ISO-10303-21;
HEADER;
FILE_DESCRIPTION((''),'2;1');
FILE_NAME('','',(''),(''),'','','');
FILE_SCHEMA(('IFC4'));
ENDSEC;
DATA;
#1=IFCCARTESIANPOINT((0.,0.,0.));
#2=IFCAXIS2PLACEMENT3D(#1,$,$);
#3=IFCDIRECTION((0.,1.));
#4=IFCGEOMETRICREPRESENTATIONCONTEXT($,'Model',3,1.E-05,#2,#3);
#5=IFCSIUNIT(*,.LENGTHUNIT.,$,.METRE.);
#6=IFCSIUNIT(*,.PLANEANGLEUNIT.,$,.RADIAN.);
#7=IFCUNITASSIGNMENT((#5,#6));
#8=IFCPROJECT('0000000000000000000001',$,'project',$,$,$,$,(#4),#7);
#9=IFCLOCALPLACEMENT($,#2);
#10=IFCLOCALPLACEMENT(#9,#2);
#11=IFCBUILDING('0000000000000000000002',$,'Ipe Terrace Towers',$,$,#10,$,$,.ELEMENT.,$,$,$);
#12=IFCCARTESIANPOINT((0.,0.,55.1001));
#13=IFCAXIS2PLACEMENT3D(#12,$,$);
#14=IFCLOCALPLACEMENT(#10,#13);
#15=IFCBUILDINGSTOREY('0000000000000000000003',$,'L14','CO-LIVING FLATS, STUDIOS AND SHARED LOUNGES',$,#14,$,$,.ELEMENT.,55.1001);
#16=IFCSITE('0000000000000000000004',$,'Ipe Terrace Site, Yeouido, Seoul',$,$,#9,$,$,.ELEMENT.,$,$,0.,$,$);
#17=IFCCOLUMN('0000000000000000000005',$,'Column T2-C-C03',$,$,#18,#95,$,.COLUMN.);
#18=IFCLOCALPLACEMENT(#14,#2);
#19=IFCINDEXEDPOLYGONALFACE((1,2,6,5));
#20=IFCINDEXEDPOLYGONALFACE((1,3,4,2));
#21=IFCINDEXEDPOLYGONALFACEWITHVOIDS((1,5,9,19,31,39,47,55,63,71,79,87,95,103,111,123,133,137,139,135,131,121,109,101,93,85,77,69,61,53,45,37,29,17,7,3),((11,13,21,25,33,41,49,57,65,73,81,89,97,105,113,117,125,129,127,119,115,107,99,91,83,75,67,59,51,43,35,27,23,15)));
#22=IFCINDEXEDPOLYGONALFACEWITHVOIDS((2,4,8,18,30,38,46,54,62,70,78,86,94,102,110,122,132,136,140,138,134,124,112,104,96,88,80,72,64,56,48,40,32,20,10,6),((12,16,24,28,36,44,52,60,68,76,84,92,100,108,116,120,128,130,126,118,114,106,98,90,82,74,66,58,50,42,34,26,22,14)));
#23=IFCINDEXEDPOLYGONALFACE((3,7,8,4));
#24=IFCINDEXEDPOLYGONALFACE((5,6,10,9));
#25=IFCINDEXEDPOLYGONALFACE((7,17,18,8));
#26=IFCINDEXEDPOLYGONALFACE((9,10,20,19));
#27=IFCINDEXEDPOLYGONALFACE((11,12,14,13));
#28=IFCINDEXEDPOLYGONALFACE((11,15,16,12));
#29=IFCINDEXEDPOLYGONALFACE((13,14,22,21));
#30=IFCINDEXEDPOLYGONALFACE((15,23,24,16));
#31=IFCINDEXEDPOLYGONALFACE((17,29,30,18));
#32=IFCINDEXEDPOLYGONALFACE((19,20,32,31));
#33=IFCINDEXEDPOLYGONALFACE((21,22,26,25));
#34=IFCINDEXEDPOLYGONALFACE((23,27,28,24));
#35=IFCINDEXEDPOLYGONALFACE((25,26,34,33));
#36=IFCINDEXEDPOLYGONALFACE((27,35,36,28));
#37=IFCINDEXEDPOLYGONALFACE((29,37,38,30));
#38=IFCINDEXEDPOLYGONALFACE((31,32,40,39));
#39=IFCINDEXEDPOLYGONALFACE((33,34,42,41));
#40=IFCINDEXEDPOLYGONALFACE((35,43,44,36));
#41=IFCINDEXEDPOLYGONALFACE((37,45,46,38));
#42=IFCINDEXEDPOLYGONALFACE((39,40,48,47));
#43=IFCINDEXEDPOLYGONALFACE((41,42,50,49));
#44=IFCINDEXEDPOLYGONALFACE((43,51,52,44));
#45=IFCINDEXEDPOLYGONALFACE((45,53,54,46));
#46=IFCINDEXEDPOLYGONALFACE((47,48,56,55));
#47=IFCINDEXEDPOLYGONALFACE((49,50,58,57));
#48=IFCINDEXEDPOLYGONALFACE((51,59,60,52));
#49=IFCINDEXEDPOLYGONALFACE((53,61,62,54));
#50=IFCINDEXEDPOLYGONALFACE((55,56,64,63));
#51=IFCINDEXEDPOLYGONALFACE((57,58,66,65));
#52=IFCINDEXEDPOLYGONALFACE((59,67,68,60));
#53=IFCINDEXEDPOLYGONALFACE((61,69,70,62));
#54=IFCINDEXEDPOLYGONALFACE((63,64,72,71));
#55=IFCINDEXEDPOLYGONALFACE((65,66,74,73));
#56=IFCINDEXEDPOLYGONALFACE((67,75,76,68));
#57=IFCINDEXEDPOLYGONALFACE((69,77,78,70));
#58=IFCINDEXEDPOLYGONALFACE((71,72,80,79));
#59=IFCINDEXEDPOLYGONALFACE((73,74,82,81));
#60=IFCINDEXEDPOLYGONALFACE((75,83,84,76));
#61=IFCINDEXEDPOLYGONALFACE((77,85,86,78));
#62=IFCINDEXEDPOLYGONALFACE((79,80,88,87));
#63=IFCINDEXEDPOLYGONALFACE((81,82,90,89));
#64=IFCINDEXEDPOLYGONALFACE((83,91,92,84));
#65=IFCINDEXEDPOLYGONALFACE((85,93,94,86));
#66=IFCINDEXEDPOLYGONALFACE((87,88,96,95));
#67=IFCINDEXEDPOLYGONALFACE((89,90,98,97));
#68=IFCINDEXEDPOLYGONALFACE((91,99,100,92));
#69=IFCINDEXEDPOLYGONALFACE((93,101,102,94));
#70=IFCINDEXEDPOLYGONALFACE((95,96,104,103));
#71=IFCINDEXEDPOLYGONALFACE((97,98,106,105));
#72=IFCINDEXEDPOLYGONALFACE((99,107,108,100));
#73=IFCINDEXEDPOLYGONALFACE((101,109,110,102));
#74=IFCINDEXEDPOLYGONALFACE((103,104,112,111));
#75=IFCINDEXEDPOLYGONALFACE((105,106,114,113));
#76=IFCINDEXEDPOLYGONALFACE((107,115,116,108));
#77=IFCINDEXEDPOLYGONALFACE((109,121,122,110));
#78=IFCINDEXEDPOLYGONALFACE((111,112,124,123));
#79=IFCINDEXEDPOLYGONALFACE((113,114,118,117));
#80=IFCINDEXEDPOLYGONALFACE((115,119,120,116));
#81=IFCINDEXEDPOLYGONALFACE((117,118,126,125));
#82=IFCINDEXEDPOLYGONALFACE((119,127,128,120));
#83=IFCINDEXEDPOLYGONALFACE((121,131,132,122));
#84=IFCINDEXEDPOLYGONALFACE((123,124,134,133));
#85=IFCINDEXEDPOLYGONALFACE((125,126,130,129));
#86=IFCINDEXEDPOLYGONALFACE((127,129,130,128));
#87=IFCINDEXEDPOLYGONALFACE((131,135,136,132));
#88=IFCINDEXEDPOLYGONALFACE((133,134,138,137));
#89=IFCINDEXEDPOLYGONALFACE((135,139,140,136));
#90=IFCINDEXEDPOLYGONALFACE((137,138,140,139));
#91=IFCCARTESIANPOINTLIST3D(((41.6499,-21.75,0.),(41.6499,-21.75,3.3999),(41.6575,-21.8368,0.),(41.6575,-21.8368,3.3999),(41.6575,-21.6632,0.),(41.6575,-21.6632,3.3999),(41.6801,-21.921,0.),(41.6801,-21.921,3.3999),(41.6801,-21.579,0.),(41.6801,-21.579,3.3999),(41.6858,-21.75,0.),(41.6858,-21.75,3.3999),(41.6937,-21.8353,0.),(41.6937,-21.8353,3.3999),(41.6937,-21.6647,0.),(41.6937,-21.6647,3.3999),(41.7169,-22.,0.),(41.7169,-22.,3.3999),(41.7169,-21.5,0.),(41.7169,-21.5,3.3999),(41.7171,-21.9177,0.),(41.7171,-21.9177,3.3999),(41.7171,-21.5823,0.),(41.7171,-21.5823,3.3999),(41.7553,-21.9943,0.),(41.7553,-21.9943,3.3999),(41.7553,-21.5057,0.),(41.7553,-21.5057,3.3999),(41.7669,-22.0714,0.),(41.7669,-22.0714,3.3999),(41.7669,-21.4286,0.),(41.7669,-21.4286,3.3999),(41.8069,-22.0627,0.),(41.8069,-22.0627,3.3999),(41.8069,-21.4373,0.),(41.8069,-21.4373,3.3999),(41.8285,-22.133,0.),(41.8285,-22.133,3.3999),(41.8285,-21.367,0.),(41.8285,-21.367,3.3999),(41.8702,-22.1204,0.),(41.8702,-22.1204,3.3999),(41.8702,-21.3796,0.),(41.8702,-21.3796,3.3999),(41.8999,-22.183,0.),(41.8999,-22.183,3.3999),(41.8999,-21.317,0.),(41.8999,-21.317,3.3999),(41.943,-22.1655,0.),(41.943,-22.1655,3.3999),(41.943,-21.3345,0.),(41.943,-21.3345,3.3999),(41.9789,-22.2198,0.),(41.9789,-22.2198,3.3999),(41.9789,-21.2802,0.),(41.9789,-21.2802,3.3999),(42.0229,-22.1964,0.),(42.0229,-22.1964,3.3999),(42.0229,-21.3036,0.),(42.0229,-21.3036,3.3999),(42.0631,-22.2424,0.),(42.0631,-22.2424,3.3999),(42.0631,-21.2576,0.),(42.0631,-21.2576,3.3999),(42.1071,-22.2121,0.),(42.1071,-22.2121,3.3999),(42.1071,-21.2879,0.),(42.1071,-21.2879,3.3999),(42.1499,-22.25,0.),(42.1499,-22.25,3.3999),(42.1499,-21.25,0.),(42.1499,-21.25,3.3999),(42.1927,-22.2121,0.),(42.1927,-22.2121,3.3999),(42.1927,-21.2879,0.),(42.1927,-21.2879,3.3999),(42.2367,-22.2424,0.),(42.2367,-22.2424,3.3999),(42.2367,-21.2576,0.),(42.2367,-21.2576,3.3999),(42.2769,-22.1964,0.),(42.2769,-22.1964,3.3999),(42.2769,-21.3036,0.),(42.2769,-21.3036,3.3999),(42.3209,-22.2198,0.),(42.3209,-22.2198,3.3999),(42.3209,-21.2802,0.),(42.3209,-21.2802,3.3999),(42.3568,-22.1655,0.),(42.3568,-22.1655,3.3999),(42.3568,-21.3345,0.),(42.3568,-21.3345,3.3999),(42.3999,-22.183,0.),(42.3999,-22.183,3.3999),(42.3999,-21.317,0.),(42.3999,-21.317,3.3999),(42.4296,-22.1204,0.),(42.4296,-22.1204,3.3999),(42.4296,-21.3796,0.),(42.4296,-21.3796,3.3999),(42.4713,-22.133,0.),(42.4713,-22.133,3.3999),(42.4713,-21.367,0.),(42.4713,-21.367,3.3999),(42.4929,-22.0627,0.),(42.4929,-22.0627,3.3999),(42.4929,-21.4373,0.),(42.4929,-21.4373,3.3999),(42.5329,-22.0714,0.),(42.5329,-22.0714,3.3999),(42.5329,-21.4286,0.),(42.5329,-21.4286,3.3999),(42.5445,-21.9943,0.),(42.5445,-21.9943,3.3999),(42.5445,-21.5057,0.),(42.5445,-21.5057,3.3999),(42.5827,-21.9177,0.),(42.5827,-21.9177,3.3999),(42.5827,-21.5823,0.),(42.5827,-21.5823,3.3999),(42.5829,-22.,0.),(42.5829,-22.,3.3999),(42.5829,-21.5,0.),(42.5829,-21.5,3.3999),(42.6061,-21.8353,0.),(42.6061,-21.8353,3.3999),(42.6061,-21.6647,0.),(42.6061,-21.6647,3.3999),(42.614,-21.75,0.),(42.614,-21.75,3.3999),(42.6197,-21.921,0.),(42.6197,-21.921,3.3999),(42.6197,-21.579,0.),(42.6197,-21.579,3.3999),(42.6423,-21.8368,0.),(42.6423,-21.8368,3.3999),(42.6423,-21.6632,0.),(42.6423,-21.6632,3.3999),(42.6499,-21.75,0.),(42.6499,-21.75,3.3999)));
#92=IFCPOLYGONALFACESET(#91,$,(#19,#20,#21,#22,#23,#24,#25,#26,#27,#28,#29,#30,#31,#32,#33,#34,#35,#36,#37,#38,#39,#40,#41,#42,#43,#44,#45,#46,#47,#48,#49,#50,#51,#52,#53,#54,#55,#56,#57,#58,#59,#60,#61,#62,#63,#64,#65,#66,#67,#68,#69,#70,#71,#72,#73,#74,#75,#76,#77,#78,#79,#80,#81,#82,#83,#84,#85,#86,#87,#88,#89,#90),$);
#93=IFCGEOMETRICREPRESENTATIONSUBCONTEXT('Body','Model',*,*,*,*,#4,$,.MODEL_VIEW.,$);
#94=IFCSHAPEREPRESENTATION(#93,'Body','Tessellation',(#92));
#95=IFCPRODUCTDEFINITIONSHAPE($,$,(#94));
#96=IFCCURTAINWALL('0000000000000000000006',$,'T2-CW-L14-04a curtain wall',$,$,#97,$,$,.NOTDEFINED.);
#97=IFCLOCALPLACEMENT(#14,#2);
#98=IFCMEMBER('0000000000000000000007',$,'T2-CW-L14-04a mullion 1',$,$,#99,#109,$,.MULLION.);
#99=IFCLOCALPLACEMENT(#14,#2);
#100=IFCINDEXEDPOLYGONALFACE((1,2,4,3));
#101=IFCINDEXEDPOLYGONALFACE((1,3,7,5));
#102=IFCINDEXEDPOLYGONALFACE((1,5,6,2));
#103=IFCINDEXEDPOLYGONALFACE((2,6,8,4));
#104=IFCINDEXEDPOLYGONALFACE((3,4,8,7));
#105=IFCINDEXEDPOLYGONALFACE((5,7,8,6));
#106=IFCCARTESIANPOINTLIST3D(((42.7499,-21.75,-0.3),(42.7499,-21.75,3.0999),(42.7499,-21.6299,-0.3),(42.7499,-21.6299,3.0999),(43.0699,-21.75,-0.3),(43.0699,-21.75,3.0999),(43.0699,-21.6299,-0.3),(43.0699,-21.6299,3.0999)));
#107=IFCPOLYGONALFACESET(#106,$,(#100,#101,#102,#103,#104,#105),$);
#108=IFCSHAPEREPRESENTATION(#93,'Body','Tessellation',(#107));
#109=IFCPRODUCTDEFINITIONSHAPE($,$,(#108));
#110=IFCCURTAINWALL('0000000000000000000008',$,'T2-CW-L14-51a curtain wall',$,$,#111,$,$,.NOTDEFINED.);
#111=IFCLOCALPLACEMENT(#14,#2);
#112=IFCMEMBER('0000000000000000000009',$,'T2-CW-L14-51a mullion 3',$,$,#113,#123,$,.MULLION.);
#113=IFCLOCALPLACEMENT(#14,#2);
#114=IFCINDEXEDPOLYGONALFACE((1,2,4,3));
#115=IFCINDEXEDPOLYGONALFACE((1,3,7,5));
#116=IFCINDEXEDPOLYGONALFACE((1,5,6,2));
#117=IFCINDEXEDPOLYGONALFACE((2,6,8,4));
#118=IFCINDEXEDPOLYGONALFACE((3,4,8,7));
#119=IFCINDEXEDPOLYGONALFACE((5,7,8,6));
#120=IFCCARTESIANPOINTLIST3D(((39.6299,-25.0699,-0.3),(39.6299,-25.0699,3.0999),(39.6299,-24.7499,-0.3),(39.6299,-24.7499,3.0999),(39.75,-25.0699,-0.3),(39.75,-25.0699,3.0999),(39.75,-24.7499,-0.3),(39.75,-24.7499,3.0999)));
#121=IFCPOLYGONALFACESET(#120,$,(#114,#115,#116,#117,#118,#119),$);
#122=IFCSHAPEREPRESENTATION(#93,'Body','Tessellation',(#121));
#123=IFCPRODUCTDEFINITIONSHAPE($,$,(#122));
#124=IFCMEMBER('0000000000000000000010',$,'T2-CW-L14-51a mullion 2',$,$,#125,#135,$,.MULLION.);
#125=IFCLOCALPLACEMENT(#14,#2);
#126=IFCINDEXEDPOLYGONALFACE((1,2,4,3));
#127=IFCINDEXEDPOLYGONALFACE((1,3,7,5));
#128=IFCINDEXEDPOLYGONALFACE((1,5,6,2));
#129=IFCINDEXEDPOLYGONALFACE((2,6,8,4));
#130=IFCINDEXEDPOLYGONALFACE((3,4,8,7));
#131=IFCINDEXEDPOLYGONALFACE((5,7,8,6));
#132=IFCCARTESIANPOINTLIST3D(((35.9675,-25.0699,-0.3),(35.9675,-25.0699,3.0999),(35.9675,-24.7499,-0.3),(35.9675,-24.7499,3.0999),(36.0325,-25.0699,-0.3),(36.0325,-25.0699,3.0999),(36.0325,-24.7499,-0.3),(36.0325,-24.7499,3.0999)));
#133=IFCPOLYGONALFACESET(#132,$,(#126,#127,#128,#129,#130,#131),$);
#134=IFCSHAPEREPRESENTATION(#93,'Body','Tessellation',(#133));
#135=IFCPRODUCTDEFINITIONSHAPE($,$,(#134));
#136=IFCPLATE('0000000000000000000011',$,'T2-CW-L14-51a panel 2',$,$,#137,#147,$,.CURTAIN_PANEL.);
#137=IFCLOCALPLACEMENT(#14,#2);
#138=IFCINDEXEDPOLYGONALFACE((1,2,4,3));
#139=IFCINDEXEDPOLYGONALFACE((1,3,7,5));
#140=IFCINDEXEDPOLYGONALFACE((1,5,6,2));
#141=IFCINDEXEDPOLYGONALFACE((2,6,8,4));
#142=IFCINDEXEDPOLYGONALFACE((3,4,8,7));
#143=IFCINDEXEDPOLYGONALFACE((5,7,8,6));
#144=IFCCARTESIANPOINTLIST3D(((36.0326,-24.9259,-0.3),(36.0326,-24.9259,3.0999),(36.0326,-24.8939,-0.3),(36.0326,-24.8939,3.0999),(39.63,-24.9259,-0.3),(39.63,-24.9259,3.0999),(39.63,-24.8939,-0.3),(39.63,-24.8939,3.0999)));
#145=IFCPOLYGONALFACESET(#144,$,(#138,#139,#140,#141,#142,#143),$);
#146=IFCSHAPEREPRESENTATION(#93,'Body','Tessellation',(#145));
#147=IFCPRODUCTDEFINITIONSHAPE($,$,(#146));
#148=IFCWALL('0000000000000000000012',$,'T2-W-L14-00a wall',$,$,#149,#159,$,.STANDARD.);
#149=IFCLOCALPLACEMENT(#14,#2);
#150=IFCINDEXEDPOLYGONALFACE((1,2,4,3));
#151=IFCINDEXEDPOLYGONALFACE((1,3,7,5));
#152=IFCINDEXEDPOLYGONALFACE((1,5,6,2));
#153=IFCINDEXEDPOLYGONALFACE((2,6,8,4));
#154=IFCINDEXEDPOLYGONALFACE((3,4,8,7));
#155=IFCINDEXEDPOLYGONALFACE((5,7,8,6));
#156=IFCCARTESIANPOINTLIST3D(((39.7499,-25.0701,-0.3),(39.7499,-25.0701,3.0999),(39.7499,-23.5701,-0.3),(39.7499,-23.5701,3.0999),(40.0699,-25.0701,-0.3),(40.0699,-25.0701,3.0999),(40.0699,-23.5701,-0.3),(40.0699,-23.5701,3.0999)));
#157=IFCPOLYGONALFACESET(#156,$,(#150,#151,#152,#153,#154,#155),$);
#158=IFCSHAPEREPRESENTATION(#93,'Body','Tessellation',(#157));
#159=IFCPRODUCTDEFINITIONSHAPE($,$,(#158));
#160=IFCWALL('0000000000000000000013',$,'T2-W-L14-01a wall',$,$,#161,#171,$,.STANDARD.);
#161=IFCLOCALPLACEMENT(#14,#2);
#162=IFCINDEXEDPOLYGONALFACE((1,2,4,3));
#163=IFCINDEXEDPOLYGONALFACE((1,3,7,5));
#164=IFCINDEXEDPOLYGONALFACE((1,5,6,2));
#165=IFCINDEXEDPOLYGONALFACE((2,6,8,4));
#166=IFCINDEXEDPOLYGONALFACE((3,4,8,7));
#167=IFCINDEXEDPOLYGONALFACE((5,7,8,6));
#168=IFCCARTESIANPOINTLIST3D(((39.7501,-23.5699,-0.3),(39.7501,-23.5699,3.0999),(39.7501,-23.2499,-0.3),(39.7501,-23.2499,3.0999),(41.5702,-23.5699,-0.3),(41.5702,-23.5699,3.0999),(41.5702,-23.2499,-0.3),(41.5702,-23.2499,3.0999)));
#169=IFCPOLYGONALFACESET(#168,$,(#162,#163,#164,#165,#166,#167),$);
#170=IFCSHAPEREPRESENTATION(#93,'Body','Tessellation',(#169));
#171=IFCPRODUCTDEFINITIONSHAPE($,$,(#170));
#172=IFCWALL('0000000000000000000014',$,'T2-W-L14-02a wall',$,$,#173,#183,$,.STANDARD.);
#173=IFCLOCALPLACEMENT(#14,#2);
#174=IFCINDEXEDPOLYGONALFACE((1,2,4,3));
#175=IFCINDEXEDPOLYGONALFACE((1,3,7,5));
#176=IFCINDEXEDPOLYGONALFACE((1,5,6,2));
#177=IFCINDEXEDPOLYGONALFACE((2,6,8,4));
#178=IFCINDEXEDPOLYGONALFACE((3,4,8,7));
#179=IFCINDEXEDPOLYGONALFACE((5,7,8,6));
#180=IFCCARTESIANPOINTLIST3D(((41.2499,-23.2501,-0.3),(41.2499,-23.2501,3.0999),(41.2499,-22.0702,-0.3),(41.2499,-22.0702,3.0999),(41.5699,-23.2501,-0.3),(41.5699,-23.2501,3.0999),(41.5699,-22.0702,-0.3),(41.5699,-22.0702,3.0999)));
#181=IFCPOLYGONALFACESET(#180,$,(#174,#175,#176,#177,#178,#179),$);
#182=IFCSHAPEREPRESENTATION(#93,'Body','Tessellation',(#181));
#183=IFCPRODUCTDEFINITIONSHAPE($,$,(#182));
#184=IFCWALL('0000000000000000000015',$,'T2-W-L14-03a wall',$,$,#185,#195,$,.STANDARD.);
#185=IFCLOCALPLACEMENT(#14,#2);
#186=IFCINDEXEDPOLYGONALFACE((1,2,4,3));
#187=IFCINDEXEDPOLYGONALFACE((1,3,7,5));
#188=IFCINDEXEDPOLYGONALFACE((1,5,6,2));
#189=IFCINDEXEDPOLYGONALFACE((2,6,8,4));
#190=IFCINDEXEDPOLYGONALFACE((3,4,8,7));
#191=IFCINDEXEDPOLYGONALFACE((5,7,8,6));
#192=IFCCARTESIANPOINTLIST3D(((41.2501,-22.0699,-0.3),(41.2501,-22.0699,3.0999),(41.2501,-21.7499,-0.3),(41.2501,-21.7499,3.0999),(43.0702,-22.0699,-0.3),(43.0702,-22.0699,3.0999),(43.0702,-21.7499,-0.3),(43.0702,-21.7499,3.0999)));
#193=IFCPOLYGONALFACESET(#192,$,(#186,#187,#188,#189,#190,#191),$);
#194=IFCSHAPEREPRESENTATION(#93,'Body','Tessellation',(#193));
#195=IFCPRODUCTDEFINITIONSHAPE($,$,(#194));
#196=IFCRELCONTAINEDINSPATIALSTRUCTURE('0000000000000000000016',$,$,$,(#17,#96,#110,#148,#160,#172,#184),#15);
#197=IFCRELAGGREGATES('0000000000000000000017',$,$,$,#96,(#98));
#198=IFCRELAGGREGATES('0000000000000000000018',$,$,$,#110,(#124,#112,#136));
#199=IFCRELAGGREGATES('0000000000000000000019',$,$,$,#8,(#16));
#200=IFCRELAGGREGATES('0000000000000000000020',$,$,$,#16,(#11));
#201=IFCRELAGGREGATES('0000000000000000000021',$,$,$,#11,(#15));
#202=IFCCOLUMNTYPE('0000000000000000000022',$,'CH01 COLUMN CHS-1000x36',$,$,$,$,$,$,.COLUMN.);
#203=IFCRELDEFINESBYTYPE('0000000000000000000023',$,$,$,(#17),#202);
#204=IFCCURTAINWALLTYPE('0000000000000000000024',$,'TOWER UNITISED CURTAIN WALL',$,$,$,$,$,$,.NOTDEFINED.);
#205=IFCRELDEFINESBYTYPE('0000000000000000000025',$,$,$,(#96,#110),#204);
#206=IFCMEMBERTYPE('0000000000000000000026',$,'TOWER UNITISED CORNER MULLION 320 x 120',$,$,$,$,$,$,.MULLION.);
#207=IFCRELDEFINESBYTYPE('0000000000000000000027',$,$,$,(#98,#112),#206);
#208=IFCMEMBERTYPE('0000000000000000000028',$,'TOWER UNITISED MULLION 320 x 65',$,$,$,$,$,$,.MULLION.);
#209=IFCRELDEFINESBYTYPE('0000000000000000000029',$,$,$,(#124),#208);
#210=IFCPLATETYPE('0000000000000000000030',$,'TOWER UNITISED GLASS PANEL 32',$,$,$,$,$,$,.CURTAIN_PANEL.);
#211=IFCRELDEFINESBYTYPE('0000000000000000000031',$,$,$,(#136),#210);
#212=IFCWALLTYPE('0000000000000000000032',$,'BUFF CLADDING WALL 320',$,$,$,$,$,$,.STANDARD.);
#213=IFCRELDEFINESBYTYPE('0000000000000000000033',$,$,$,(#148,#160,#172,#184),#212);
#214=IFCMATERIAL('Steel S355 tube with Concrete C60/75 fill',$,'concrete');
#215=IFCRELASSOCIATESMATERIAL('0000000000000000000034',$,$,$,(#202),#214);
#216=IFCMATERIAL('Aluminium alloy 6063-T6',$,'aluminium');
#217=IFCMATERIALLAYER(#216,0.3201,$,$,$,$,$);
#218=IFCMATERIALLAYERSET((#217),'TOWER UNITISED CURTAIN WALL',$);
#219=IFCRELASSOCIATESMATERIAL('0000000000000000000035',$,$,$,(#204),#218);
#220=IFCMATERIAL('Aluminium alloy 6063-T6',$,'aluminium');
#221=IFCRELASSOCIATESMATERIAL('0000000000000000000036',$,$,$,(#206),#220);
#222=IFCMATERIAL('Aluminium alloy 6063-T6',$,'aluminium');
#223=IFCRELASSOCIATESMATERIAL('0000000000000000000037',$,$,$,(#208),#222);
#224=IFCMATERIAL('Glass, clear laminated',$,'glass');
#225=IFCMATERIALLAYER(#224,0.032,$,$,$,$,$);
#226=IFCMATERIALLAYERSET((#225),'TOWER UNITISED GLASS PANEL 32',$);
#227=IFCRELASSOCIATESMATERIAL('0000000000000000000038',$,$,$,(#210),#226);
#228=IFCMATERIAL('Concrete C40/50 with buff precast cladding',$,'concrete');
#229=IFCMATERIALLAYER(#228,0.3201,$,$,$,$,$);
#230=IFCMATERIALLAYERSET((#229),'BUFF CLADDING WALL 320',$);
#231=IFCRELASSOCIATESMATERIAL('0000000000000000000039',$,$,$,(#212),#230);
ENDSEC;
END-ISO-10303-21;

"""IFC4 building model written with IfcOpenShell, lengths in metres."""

from ifc_helpers import new_model, si_unit, direction, frame, frame_2d, origin, origin_2d, place, context, subcontext, project, spatial, rectangle, hollow_circle, extrude, material, layer, layer_set, material_profile, profile_set, type_object, element, aggregate, save


model = new_model("IFC4")

# Units and contexts
model_context = context("Model", 3, precision=1e-05, world=origin(), true_north=direction((0.0, 1.0)))
body_context = subcontext(model_context, "Body", "Model", "MODEL_VIEW")
ifc_project = project(units=[si_unit("LENGTHUNIT", "METRE"), si_unit("PLANEANGLEUNIT", "RADIAN")], contexts=[model_context])

# Site, building, storey
site_placement = place(None, origin())
site = spatial("IfcSite", under=ifc_project, at=site_placement, Name="Ipe Terrace Site, Yeouido, Seoul", CompositionType="ELEMENT", RefElevation=0.0)
building_placement = place(site_placement, origin())
building = spatial("IfcBuilding", under=site, at=building_placement, Name="Ipe Terrace Towers", CompositionType="ELEMENT")
storey_placement = place(building_placement, frame((0.0, 0.0, 55.1001)))
storey = spatial("IfcBuildingStorey", under=building, at=storey_placement, Name="L14", Description="CO-LIVING FLATS, STUDIOS AND SHARED LOUNGES", CompositionType="ELEMENT", Elevation=55.1001)

# Column
ifc_material_1 = material(Name="Steel S355 tube with Concrete C60/75 fill", Category="concrete")
ifc_material_profile_1 = material_profile(ifc_material_1, hollow_circle(Radius=0.5, WallThickness=0.0359, at=origin_2d()), Name="CHS-1000x36")
ifc_profile_set_1 = profile_set([ifc_material_profile_1], Name="Steel S355 tube with Concrete C60/75 fill")
column_type = type_object("IfcColumnType", Name="CH01 COLUMN CHS-1000x36", PredefinedType="COLUMN", material=ifc_profile_set_1)
column_placement = place(storey_placement, frame((42.1499, -21.75, 0.0), z_axis=(0.0, 0.0, 1.0), x_axis=(1.0, 0.0, 0.0)))
element("IfcColumn", 1, at=column_placement, inside=storey, type_object=column_type, Name="Column T2-C-C03", PredefinedType="COLUMN", context=body_context, shape_type="SweptSolid", body=[
    extrude(hollow_circle(Radius=0.5, WallThickness=0.0359, at=origin_2d()), origin(), (0.0, 0.0, 1.0), 3.3999),
])

# Curtain wall, member
ifc_material_2 = material(Name="Aluminium alloy 6063-T6", Category="aluminium")
ifc_layer_1 = layer(ifc_material_2, 0.3201)
ifc_layer_set_1 = layer_set([ifc_layer_1], Name="TOWER UNITISED CURTAIN WALL")
curtain_wall_type = type_object("IfcCurtainWallType", Name="TOWER UNITISED CURTAIN WALL", PredefinedType="NOTDEFINED", material=ifc_layer_set_1)
curtain_wall_1_placement = place(storey_placement, origin())
curtain_wall_1 = element("IfcCurtainWall", 2, at=curtain_wall_1_placement, inside=storey, type_object=curtain_wall_type, Name="T2-CW-L14-04a curtain wall", PredefinedType="NOTDEFINED")
ifc_material_3 = material(Name="Aluminium alloy 6063-T6", Category="aluminium")
ifc_material_profile_2 = material_profile(ifc_material_3, rectangle(XDim=0.3201, YDim=0.1201, at=origin_2d()), Name="TOWER UNITISED CORNER MULLION 320 x 120")
ifc_profile_set_2 = profile_set([ifc_material_profile_2], Name="Aluminium alloy 6063-T6")
member_type_1 = type_object("IfcMemberType", Name="TOWER UNITISED CORNER MULLION 320 x 120", PredefinedType="MULLION", material=ifc_profile_set_2)
member_1_placement = place(storey_placement, frame((42.9099, -21.6899, -0.3), z_axis=(0.0, 0.0, 1.0), x_axis=(1.0, 0.0, 0.0)))
member_1 = element("IfcMember", 3, at=member_1_placement, type_object=member_type_1, Name="T2-CW-L14-04a mullion 1", PredefinedType="MULLION", context=body_context, shape_type="SweptSolid", body=[
    extrude(rectangle(XDim=0.3201, YDim=0.1201, at=origin_2d()), origin(), (0.0, 0.0, 1.0), 3.3999),
])
aggregate(curtain_wall_1, [member_1])

# Curtain wall, members, plate
curtain_wall_2_placement = place(storey_placement, origin())
curtain_wall_2 = element("IfcCurtainWall", 4, at=curtain_wall_2_placement, inside=storey, type_object=curtain_wall_type, Name="T2-CW-L14-51a curtain wall", PredefinedType="NOTDEFINED")
member_2_placement = place(storey_placement, frame((39.6899, -24.9099, -0.3), z_axis=(0.0, 0.0, 1.0), x_axis=(0.0, -1.0, 0.0)))
member_2 = element("IfcMember", 5, at=member_2_placement, type_object=member_type_1, Name="T2-CW-L14-51a mullion 3", PredefinedType="MULLION", context=body_context, shape_type="SweptSolid", body=[
    extrude(rectangle(XDim=0.3201, YDim=0.1201, at=origin_2d()), origin(), (0.0, 0.0, 1.0), 3.3999),
])
ifc_material_4 = material(Name="Aluminium alloy 6063-T6", Category="aluminium")
ifc_material_profile_3 = material_profile(ifc_material_4, rectangle(XDim=0.3201, YDim=0.0649, at=origin_2d()), Name="TOWER UNITISED MULLION 320 x 65")
ifc_profile_set_3 = profile_set([ifc_material_profile_3], Name="Aluminium alloy 6063-T6")
member_type_2 = type_object("IfcMemberType", Name="TOWER UNITISED MULLION 320 x 65", PredefinedType="MULLION", material=ifc_profile_set_3)
member_3_placement = place(storey_placement, frame((36.0, -24.9099, -0.3), z_axis=(0.0, 0.0, 1.0), x_axis=(0.0, -1.0, 0.0)))
member_3 = element("IfcMember", 6, at=member_3_placement, type_object=member_type_2, Name="T2-CW-L14-51a mullion 2", PredefinedType="MULLION", context=body_context, shape_type="SweptSolid", body=[
    extrude(rectangle(XDim=0.3201, YDim=0.0649, at=origin_2d()), origin(), (0.0, 0.0, 1.0), 3.3999),
])
ifc_material_5 = material(Name="Glass, clear laminated", Category="glass")
ifc_layer_2 = layer(ifc_material_5, 0.032)
ifc_layer_set_2 = layer_set([ifc_layer_2], Name="TOWER UNITISED GLASS PANEL 32")
plate_type = type_object("IfcPlateType", Name="TOWER UNITISED GLASS PANEL 32", PredefinedType="CURTAIN_PANEL", material=ifc_layer_set_2)
plate_placement = place(storey_placement, frame((37.8313, -24.9099, -0.3), z_axis=(0.0, 0.0, 1.0), x_axis=(1.0, 0.0, 0.0)))
plate = element("IfcPlate", 7, at=plate_placement, type_object=plate_type, Name="T2-CW-L14-51a panel 2", PredefinedType="CURTAIN_PANEL", context=body_context, shape_type="SweptSolid", body=[
    extrude(rectangle(XDim=3.5974, YDim=0.032, at=origin_2d()), origin(), (0.0, 0.0, 1.0), 3.3999),
])
aggregate(curtain_wall_2, [member_3, member_2, plate])

# Walls
ifc_material_6 = material(Name="Concrete C40/50 with buff precast cladding", Category="concrete")
ifc_layer_3 = layer(ifc_material_6, 0.3201)
ifc_layer_set_3 = layer_set([ifc_layer_3], Name="BUFF CLADDING WALL 320")
wall_type_1 = type_object("IfcWallType", Name="BUFF CLADDING WALL 320", PredefinedType="STANDARD", material=ifc_layer_set_3)
wall_1_placement = place(storey_placement, frame((39.9099, -25.0701, -0.3), z_axis=(0.0, 0.0, 1.0), x_axis=(0.0, 1.0, 0.0)))
element("IfcWall", 8, at=wall_1_placement, inside=storey, type_object=wall_type_1, Name="T2-W-L14-00a wall", PredefinedType="STANDARD", context=body_context, shape_type="SweptSolid", body=[
    extrude(rectangle(XDim=1.5, YDim=0.3201, at=frame_2d((0.75, 0.0))), origin(), (0.0, 0.0, 1.0), 3.3999),
])
wall_2_placement = place(storey_placement, frame((39.75, -23.4099, -0.3), z_axis=(0.0, 0.0, 1.0), x_axis=(1.0, 0.0, 0.0)))
element("IfcWall", 9, at=wall_2_placement, inside=storey, type_object=wall_type_1, Name="T2-W-L14-01a wall", PredefinedType="STANDARD", context=body_context, shape_type="SweptSolid", body=[
    extrude(rectangle(XDim=1.8201, YDim=0.3201, at=frame_2d((0.9102, 0.0))), origin(), (0.0, 0.0, 1.0), 3.3999),
])
wall_3_placement = place(storey_placement, frame((41.4099, -23.25, -0.3), z_axis=(0.0, 0.0, 1.0), x_axis=(0.0, 1.0, 0.0)))
element("IfcWall", 10, at=wall_3_placement, inside=storey, type_object=wall_type_1, Name="T2-W-L14-02a wall", PredefinedType="STANDARD", context=body_context, shape_type="SweptSolid", body=[
    extrude(rectangle(XDim=1.1799, YDim=0.3201, at=frame_2d((0.5898, 0.0))), origin(), (0.0, 0.0, 1.0), 3.3999),
])
wall_4_placement = place(storey_placement, frame((41.25, -21.9099, -0.3), z_axis=(0.0, 0.0, 1.0), x_axis=(1.0, 0.0, 0.0)))
element("IfcWall", 11, at=wall_4_placement, inside=storey, type_object=wall_type_1, Name="T2-W-L14-03a wall", PredefinedType="STANDARD", context=body_context, shape_type="SweptSolid", body=[
    extrude(rectangle(XDim=1.8201, YDim=0.3201, at=frame_2d((0.9102, 0.0))), origin(), (0.0, 0.0, 1.0), 3.3999),
])

save(model, "model.ifc")
